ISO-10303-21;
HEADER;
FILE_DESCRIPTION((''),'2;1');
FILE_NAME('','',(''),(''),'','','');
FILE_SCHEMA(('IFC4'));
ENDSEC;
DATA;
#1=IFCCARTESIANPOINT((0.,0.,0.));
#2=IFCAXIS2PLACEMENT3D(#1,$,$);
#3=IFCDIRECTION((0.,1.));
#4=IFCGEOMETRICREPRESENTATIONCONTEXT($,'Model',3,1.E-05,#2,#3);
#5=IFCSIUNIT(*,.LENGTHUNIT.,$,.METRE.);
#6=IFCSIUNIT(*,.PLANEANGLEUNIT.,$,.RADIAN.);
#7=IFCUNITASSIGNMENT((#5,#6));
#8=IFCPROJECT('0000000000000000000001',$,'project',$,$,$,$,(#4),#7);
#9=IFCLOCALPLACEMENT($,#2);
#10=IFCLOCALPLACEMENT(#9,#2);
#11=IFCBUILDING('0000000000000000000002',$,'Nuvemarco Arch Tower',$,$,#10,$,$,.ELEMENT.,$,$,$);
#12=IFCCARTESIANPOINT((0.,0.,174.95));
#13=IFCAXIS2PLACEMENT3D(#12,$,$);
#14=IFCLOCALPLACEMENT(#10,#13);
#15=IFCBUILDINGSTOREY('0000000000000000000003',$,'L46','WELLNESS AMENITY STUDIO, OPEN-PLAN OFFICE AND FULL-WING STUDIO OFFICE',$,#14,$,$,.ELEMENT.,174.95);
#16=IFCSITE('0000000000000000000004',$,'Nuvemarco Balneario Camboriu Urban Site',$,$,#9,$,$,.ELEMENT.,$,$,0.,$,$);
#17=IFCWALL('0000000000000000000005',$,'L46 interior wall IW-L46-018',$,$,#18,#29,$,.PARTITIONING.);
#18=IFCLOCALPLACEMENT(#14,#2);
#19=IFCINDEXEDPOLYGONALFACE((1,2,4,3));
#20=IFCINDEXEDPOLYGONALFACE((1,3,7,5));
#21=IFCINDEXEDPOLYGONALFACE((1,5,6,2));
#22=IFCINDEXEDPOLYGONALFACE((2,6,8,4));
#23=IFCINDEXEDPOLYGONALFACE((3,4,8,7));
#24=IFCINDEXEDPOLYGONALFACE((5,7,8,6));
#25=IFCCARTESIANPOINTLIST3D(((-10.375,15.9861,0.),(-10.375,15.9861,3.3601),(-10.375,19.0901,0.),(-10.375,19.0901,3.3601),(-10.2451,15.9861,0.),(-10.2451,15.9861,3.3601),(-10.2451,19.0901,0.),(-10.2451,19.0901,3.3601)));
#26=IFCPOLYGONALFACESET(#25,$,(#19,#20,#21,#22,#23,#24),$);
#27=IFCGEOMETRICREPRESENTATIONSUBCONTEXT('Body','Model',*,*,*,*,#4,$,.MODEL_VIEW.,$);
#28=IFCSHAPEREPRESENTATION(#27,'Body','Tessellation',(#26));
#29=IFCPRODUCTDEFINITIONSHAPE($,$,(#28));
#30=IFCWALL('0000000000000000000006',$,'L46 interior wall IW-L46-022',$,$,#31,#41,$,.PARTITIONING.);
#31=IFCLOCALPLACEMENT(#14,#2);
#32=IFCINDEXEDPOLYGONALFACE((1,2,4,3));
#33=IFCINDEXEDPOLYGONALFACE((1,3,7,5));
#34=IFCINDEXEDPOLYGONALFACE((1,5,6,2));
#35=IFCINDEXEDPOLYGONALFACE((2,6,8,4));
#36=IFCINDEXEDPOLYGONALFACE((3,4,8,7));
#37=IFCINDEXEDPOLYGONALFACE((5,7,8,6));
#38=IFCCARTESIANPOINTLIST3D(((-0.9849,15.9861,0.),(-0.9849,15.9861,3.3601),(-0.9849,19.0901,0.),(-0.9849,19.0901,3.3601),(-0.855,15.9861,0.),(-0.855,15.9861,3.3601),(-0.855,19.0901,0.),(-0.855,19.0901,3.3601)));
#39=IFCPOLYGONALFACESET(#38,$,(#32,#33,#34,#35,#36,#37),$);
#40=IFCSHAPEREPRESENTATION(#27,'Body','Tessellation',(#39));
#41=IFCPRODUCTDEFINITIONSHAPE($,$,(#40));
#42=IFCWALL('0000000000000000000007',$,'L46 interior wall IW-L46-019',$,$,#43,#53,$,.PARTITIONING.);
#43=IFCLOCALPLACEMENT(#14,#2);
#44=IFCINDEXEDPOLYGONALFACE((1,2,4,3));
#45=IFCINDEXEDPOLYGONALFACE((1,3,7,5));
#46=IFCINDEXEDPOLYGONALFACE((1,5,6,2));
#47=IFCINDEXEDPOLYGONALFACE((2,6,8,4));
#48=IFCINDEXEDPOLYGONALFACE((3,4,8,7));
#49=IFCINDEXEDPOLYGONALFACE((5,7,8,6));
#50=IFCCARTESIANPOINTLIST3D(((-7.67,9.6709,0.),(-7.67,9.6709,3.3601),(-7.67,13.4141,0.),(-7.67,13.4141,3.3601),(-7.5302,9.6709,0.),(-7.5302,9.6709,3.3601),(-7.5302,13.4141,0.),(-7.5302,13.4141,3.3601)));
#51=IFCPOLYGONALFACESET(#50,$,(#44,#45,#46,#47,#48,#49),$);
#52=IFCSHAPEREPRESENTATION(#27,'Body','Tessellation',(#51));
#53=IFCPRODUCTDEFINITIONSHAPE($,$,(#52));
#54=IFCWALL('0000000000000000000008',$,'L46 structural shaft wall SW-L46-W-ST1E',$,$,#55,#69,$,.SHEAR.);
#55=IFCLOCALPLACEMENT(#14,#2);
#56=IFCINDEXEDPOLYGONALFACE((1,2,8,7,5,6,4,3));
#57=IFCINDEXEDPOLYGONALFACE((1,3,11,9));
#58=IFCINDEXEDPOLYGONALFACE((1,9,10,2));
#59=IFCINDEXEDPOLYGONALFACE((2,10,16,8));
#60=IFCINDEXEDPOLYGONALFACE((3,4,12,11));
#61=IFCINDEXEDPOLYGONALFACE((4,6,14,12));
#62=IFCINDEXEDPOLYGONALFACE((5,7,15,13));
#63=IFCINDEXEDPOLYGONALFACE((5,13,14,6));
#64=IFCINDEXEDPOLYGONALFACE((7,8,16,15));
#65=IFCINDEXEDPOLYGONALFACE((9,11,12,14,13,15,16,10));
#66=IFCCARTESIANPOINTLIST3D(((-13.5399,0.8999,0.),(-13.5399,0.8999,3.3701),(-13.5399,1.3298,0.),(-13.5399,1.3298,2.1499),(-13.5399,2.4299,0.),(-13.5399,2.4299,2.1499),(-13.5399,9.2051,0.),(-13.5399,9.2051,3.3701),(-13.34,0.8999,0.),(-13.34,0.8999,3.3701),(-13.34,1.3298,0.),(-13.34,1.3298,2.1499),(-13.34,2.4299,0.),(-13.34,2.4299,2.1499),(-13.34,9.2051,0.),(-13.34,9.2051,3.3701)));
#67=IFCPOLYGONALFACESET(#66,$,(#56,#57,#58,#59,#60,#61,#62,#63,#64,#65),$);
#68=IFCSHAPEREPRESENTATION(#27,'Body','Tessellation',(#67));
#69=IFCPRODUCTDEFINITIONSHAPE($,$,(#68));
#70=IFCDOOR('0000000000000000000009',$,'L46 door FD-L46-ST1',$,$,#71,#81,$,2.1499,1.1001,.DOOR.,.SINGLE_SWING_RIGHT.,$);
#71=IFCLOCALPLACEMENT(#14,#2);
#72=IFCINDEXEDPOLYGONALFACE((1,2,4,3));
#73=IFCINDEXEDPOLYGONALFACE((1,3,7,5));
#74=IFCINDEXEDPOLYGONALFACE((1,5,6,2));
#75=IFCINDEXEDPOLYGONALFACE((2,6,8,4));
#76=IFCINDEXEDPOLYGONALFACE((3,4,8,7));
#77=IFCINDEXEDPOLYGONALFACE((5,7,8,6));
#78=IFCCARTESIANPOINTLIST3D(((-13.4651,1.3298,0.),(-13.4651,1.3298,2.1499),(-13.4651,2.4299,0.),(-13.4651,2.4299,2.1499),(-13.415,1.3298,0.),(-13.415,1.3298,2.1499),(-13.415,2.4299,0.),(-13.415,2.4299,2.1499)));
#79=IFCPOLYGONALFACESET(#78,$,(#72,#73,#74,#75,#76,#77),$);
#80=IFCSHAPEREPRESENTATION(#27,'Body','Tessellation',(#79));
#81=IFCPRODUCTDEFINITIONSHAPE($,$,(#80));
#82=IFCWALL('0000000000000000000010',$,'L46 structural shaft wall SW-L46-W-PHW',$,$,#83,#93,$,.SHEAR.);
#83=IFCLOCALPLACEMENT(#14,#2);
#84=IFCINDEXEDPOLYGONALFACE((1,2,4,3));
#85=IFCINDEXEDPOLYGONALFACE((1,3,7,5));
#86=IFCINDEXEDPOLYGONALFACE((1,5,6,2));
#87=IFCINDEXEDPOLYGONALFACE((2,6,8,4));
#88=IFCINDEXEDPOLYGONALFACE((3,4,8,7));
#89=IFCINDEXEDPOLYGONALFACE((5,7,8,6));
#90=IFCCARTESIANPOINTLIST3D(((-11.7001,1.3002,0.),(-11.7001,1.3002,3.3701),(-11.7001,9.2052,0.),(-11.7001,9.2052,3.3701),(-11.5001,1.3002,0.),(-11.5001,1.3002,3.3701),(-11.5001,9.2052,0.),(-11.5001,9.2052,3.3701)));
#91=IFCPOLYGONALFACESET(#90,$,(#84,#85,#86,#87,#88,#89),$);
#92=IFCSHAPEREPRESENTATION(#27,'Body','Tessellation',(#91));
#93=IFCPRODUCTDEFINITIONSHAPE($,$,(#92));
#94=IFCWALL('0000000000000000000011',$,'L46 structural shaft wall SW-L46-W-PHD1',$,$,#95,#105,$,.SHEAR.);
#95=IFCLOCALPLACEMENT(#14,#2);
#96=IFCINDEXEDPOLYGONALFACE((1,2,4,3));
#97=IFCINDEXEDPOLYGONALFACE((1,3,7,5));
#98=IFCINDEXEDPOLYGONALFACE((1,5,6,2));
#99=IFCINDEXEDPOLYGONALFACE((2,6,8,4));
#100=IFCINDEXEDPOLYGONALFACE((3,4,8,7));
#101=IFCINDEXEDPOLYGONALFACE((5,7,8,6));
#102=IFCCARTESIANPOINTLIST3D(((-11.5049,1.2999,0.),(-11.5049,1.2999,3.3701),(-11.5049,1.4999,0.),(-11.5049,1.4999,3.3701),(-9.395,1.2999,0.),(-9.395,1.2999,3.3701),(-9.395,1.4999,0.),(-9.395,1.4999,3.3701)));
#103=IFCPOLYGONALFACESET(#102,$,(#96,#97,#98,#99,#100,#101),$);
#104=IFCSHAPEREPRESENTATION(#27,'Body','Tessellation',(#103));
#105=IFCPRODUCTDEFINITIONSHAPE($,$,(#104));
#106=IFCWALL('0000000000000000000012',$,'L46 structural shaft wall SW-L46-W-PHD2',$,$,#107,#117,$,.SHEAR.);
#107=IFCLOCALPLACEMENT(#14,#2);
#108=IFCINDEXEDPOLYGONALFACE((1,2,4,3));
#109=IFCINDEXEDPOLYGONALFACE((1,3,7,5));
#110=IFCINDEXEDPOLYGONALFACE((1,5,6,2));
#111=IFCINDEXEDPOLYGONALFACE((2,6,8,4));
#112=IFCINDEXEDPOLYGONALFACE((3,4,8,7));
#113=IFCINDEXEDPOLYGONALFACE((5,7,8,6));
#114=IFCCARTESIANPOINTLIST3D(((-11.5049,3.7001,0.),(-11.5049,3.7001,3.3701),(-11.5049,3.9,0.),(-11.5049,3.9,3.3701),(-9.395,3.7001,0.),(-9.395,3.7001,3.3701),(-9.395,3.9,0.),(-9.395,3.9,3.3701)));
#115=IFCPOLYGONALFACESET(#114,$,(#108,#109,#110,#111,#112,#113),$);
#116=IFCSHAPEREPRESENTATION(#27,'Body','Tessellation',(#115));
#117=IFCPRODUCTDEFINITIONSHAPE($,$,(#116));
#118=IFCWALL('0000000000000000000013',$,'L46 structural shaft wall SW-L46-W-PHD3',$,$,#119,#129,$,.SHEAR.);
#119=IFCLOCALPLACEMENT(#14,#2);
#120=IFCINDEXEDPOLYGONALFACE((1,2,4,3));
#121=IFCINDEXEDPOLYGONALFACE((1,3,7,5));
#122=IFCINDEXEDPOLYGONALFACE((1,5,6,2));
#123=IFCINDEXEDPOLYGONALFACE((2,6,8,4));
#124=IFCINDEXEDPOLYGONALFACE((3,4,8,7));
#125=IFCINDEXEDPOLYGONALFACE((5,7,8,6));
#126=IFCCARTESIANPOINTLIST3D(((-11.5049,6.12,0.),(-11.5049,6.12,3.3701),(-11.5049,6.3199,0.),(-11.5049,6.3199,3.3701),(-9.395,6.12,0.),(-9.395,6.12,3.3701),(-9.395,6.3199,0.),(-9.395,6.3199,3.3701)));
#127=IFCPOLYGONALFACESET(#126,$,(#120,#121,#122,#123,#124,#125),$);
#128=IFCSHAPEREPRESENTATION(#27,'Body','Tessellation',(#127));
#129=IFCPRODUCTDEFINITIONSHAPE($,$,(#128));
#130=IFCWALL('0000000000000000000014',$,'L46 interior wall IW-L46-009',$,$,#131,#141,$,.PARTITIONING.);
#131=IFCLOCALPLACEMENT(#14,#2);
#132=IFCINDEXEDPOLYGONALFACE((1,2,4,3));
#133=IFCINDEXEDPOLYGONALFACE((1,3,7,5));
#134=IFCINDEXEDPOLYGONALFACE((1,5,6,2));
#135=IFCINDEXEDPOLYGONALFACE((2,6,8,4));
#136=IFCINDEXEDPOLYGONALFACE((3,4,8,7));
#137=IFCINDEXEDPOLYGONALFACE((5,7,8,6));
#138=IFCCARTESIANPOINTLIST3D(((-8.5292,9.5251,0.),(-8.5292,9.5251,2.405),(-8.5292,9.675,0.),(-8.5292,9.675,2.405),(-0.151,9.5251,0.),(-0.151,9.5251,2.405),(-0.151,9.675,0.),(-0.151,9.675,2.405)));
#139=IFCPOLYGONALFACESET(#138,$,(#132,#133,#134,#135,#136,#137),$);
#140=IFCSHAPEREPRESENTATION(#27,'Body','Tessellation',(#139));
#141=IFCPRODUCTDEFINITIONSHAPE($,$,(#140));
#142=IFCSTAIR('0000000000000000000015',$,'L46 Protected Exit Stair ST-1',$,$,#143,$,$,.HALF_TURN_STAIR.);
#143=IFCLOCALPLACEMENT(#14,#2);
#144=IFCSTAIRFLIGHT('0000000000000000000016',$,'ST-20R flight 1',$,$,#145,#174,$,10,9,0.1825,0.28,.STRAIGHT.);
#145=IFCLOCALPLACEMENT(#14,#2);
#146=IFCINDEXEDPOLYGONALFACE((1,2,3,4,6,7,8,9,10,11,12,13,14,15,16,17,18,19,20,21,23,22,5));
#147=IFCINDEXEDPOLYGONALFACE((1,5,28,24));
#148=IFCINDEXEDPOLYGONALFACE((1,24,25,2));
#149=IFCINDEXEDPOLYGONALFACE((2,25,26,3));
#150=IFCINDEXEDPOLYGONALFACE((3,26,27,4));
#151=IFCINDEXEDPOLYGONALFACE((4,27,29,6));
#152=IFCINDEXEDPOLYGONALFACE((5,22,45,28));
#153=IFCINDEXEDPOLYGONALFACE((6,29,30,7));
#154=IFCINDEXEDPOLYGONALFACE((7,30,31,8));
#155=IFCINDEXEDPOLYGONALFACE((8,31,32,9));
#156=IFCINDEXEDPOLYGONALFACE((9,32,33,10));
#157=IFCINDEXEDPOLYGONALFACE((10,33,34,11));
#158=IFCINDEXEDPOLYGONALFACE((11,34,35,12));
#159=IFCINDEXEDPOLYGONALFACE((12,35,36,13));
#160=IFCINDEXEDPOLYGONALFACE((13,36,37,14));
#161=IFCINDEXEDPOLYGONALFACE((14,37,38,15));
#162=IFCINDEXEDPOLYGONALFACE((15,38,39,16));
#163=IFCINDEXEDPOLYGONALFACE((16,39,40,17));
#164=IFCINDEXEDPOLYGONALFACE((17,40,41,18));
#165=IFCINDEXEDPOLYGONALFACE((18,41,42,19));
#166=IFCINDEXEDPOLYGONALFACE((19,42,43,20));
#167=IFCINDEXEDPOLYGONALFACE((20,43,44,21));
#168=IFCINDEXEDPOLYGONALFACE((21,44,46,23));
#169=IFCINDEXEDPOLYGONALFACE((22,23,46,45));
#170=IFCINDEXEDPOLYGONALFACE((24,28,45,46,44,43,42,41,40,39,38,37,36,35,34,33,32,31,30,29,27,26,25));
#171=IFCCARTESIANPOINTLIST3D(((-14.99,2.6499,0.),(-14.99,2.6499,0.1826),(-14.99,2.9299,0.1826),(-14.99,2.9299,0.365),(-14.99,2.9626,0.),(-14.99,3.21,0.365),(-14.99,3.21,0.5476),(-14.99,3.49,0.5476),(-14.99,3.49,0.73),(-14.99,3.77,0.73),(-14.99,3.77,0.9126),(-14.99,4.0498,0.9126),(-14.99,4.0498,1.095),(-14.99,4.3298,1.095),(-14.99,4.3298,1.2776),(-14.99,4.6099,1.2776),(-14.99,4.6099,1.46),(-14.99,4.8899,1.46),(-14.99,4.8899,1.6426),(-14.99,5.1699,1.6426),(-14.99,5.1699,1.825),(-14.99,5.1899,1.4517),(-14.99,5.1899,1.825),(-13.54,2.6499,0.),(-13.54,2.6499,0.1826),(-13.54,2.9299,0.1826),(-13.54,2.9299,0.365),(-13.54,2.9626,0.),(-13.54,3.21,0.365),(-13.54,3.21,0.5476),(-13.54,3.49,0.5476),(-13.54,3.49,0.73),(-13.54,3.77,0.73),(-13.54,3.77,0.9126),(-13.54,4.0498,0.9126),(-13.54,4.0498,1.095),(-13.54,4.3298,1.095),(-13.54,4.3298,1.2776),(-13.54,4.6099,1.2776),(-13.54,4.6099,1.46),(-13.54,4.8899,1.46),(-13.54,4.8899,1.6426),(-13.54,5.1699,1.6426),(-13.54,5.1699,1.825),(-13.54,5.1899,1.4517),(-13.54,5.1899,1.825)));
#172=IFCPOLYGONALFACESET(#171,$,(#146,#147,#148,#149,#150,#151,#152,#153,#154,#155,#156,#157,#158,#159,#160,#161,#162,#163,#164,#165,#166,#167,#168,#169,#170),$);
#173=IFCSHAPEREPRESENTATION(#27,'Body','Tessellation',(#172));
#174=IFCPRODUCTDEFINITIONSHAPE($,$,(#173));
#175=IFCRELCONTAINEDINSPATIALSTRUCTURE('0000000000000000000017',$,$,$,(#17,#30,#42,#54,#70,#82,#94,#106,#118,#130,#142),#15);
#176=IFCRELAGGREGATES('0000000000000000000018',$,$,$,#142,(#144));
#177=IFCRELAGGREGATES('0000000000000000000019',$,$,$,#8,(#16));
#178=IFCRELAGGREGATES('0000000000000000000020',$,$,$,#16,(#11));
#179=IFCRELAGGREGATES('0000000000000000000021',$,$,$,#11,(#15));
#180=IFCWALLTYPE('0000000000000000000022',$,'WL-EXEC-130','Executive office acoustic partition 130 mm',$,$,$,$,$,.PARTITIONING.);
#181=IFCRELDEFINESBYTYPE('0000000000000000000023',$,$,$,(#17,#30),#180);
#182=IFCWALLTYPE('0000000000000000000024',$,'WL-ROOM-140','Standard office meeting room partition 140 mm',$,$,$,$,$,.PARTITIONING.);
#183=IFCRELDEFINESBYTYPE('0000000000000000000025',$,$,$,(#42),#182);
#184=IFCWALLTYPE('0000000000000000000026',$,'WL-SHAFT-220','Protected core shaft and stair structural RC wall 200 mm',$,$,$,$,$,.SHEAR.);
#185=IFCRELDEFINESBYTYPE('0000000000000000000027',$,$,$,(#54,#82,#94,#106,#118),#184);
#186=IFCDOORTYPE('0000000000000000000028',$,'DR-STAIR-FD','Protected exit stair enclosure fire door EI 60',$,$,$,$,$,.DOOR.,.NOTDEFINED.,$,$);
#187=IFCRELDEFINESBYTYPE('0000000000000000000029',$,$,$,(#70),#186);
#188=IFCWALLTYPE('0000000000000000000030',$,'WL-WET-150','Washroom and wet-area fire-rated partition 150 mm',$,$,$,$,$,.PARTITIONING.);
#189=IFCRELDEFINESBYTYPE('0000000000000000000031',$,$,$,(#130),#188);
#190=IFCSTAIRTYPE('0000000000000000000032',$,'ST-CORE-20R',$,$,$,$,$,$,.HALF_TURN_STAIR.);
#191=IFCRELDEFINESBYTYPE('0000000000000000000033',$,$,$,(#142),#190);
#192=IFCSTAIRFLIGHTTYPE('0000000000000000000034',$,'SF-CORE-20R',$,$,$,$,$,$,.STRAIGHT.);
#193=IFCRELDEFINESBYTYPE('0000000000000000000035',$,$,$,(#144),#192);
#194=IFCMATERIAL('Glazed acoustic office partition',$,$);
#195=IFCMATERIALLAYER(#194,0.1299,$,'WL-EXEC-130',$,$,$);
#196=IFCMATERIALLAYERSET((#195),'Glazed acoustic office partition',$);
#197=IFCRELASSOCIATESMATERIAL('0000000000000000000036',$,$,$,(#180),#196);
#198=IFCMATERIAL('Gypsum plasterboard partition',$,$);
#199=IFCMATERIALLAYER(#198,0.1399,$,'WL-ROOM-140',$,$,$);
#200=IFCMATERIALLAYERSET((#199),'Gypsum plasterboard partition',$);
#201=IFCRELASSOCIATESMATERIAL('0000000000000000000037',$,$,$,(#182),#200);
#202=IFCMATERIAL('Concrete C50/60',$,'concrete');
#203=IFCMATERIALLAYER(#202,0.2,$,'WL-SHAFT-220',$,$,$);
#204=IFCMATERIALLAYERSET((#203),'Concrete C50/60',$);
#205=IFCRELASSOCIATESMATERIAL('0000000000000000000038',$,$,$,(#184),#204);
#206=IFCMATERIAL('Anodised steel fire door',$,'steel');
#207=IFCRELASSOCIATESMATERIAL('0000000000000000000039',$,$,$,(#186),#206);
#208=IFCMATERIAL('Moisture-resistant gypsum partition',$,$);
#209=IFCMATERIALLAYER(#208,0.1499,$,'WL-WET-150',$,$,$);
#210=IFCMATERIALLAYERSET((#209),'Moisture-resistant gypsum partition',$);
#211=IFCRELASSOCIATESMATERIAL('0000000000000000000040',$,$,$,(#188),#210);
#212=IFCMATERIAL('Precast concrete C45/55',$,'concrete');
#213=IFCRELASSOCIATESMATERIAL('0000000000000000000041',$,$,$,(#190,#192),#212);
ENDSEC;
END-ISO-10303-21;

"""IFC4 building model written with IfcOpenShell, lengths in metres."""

from ifc_helpers import new_model, si_unit, direction, frame, frame_2d, origin, place, context, subcontext, project, spatial, polyline, rectangle, outline, extrude, source, transform, mapped, material, layer, layer_set, type_object, type_shapes, element, fill, aggregate, save


model = new_model("IFC4")

# Units and contexts
model_context = context("Model", 3, precision=1e-05, world=origin(), true_north=direction((0.0, 1.0)))
body_context = subcontext(model_context, "Body", "Model", "MODEL_VIEW")
ifc_project = project(units=[si_unit("LENGTHUNIT", "METRE"), si_unit("PLANEANGLEUNIT", "RADIAN")], contexts=[model_context])

# Site, building, storey
site_placement = place(None, origin())
site = spatial("IfcSite", under=ifc_project, at=site_placement, Name="Nuvemarco Balneario Camboriu Urban Site", CompositionType="ELEMENT", RefElevation=0.0)
building_placement = place(site_placement, origin())
building = spatial("IfcBuilding", under=site, at=building_placement, Name="Nuvemarco Arch Tower", CompositionType="ELEMENT")
storey_placement = place(building_placement, frame((0.0, 0.0, 174.95)))
storey = spatial("IfcBuildingStorey", under=building, at=storey_placement, Name="L46", Description="WELLNESS AMENITY STUDIO, OPEN-PLAN OFFICE AND FULL-WING STUDIO OFFICE", CompositionType="ELEMENT", Elevation=174.95)

# Shared definitions
ifc_material_1 = material(Name="Concrete C50/60", Category="concrete")

# Shared definitions
ifc_material_2 = material(Name="Precast concrete C45/55", Category="concrete")

# Walls
ifc_material_3 = material(Name="Glazed acoustic office partition")
ifc_layer_1 = layer(ifc_material_3, 0.1299, Name="WL-EXEC-130")
ifc_layer_set_1 = layer_set([ifc_layer_1], Name="Glazed acoustic office partition")
wall_type_1 = type_object("IfcWallType", Name="WL-EXEC-130", Description="Executive office acoustic partition 130 mm", PredefinedType="PARTITIONING", material=ifc_layer_set_1)
for number, where, z_axis, x_axis, name in (
    (1, (-10.3101, 15.9861, 0.0), (0.0, 0.0, 1.0), (0.0, 1.0, 0.0), "L46 interior wall IW-L46-018"),
    (2, (-0.9199, 15.9861, 0.0), (0.0, 0.0, 1.0), (0.0, 1.0, 0.0), "L46 interior wall IW-L46-022"),
):
    element("IfcWall", number, at=place(storey_placement, frame(where, z_axis=z_axis, x_axis=x_axis)), inside=storey, type_object=wall_type_1, Name=name, PredefinedType="PARTITIONING", context=body_context, shape_type="SweptSolid", body=[
        extrude(rectangle(XDim=3.104, YDim=0.1299, at=frame_2d((1.552, 0.0))), origin(), (0.0, 0.0, 1.0), 3.3601),
    ])
ifc_material_4 = material(Name="Gypsum plasterboard partition")
ifc_layer_2 = layer(ifc_material_4, 0.1399, Name="WL-ROOM-140")
ifc_layer_set_2 = layer_set([ifc_layer_2], Name="Gypsum plasterboard partition")
wall_type_2 = type_object("IfcWallType", Name="WL-ROOM-140", Description="Standard office meeting room partition 140 mm", PredefinedType="PARTITIONING", material=ifc_layer_set_2)
wall_1_placement = place(storey_placement, frame((-7.6001, 9.6709, 0.0), z_axis=(0.0, 0.0, 1.0), x_axis=(0.0, 1.0, 0.0)))
element("IfcWall", 3, at=wall_1_placement, inside=storey, type_object=wall_type_2, Name="L46 interior wall IW-L46-019", PredefinedType="PARTITIONING", context=body_context, shape_type="SweptSolid", body=[
    extrude(rectangle(XDim=3.7432, YDim=0.1399, at=frame_2d((1.8716, 0.0))), origin(), (0.0, 0.0, 1.0), 3.3601),
])

# Wall, opening, door
ifc_layer_3 = layer(ifc_material_1, 0.2, Name="WL-SHAFT-220")
ifc_layer_set_3 = layer_set([ifc_layer_3], Name="Concrete C50/60")
wall_type_3 = type_object("IfcWallType", Name="WL-SHAFT-220", Description="Protected core shaft and stair structural RC wall 200 mm", PredefinedType="SHEAR", material=ifc_layer_set_3)
wall_2_placement = place(storey_placement, frame((-13.4399, 0.8999, 0.0), z_axis=(0.0, 0.0, 1.0), x_axis=(0.0, 1.0, 0.0)))
wall_2 = element("IfcWall", 4, at=wall_2_placement, inside=storey, type_object=wall_type_3, Name="L46 structural shaft wall SW-L46-W-ST1E", PredefinedType="SHEAR", context=body_context, shape_type="SweptSolid", body=[
    extrude(rectangle(XDim=8.3052, YDim=0.2, at=frame_2d((4.1526, 0.0))), origin(), (0.0, 0.0, 1.0), 3.3701),
])
opening_1_placement = place(wall_2_placement, frame((1.53, 0.0, 0.0), z_axis=(0.0, 0.0, 1.0), x_axis=(-1.0, 0.0, 0.0)))
opening_1 = element("IfcOpeningElement", 5, at=opening_1_placement, cuts=wall_2, PredefinedType="OPENING", context=body_context, shape_type="SweptSolid", body=[
    extrude(rectangle(XDim=1.1001, YDim=2.1499, at=frame_2d((0.55, 1.075))), frame((0.0, 0.1099, 0.0), z_axis=(0.0, -1.0, 0.0), x_axis=(1.0, 0.0, 0.0)), (0.0, 0.0, 1.0), 0.22),
])
ifc_material_5 = material(Name="Anodised steel fire door", Category="steel")
door_type_1 = type_object("IfcDoorType", Name="DR-STAIR-FD", Description="Protected exit stair enclosure fire door EI 60", OperationType="NOTDEFINED", PredefinedType="DOOR", material=ifc_material_5)
shared_shape_1 = source(origin(), body_context, "Body", "SweptSolid", [
    extrude(rectangle(XDim=1.1001, YDim=2.1499, at=frame_2d((0.55, 1.075))), frame((0.0, 0.0249, 0.0), z_axis=(0.0, -1.0, 0.0), x_axis=(1.0, 0.0, 0.0)), (0.0, 0.0, 1.0), 0.05),
])
type_shapes(door_type_1, [shared_shape_1])
door_1_placement = place(opening_1_placement, origin())
door_1 = element("IfcDoor", 6, at=door_1_placement, inside=storey, type_object=door_type_1, Name="L46 door FD-L46-ST1", OperationType="SINGLE_SWING_RIGHT", OverallHeight=2.1499, OverallWidth=1.1001, PredefinedType="DOOR", context=body_context, shape_type="MappedRepresentation", body=[
    mapped(shared_shape_1, transform((0.0, 0.0, 0.0), scale=1.0)),
])
fill(opening_1, door_1)

# Walls
wall_3_placement = place(storey_placement, frame((-11.6001, 1.3, 0.0), z_axis=(0.0, 0.0, 1.0), x_axis=(0.0, 1.0, 0.0)))
element("IfcWall", 7, at=wall_3_placement, inside=storey, type_object=wall_type_3, Name="L46 structural shaft wall SW-L46-W-PHW", PredefinedType="SHEAR", context=body_context, shape_type="SweptSolid", body=[
    extrude(rectangle(XDim=7.905, YDim=0.2, at=frame_2d((3.9526, 0.0))), origin(), (0.0, 0.0, 1.0), 3.3701),
])
for number, where, z_axis, x_axis, name in (
    (8, (-11.5049, 1.3999, 0.0), (0.0, 0.0, 1.0), (1.0, 0.0, 0.0), "L46 structural shaft wall SW-L46-W-PHD1"),
    (9, (-11.5049, 3.8, 0.0), (0.0, 0.0, 1.0), (1.0, 0.0, 0.0), "L46 structural shaft wall SW-L46-W-PHD2"),
    (10, (-11.5049, 6.22, 0.0), (0.0, 0.0, 1.0), (1.0, 0.0, 0.0), "L46 structural shaft wall SW-L46-W-PHD3"),
):
    element("IfcWall", number, at=place(storey_placement, frame(where, z_axis=z_axis, x_axis=x_axis)), inside=storey, type_object=wall_type_3, Name=name, PredefinedType="SHEAR", context=body_context, shape_type="SweptSolid", body=[
        extrude(rectangle(XDim=2.1099, YDim=0.2, at=frame_2d((1.0549, 0.0))), origin(), (0.0, 0.0, 1.0), 3.3701),
    ])
ifc_material_6 = material(Name="Moisture-resistant gypsum partition")
ifc_layer_4 = layer(ifc_material_6, 0.1499, Name="WL-WET-150")
ifc_layer_set_4 = layer_set([ifc_layer_4], Name="Moisture-resistant gypsum partition")
wall_type_4 = type_object("IfcWallType", Name="WL-WET-150", Description="Washroom and wet-area fire-rated partition 150 mm", PredefinedType="PARTITIONING", material=ifc_layer_set_4)
wall_4_placement = place(storey_placement, frame((-8.5291, 9.6001, 0.0), z_axis=(0.0, 0.0, 1.0), x_axis=(1.0, 0.0, 0.0)))
element("IfcWall", 11, at=wall_4_placement, inside=storey, type_object=wall_type_4, Name="L46 interior wall IW-L46-009", PredefinedType="PARTITIONING", context=body_context, shape_type="SweptSolid", body=[
    extrude(rectangle(XDim=8.3782, YDim=0.1499, at=frame_2d((4.189, 0.0))), origin(), (0.0, 0.0, 1.0), 2.405),
])

# Stair, stair flight
stair_type = type_object("IfcStairType", Name="ST-CORE-20R", PredefinedType="HALF_TURN_STAIR", material=ifc_material_2)
stair_placement = place(storey_placement, origin())
stair = element("IfcStair", 12, at=stair_placement, inside=storey, type_object=stair_type, Name="L46 Protected Exit Stair ST-1", PredefinedType="HALF_TURN_STAIR")
stair_flight_type = type_object("IfcStairFlightType", Name="SF-CORE-20R", PredefinedType="STRAIGHT", material=ifc_material_2)
stair_flight_placement = place(storey_placement, frame((-14.2649, 2.6499, 0.0), z_axis=(0.0, 0.0, 1.0), x_axis=(0.0, 1.0, 0.0)))
stair_flight = element("IfcStairFlight", 13, at=stair_flight_placement, type_object=stair_flight_type, Name="ST-20R flight 1", NumberOfRisers=10, NumberOfTreads=9, PredefinedType="STRAIGHT", RiserHeight=0.1825, TreadLength=0.28, context=body_context, shape_type="SweptSolid", body=[
    extrude(outline(polyline([(0.0, 0.0), (0.0, 0.1826), (0.28, 0.1826), (0.28, 0.365), (0.5601, 0.365), (0.5601, 0.5476), (0.8401, 0.5476), (0.8401, 0.73), (1.1201, 0.73), (1.1201, 0.9126), (1.3999, 0.9126), (1.3999, 1.095), (1.6799, 1.095), (1.6799, 1.2776), (1.96, 1.2776), (1.96, 1.46), (2.24, 1.46), (2.24, 1.6426), (2.52, 1.6426), (2.52, 1.825), (2.54, 1.825), (2.54, 1.4517), (0.3127, 0.0), (0.0, 0.0)])), frame((0.0, 0.7251, 0.0), z_axis=(0.0, -1.0, 0.0), x_axis=(1.0, 0.0, 0.0)), (0.0, 0.0, 1.0), 1.45),
])
aggregate(stair, [stair_flight])

save(model, "model.ifc")
